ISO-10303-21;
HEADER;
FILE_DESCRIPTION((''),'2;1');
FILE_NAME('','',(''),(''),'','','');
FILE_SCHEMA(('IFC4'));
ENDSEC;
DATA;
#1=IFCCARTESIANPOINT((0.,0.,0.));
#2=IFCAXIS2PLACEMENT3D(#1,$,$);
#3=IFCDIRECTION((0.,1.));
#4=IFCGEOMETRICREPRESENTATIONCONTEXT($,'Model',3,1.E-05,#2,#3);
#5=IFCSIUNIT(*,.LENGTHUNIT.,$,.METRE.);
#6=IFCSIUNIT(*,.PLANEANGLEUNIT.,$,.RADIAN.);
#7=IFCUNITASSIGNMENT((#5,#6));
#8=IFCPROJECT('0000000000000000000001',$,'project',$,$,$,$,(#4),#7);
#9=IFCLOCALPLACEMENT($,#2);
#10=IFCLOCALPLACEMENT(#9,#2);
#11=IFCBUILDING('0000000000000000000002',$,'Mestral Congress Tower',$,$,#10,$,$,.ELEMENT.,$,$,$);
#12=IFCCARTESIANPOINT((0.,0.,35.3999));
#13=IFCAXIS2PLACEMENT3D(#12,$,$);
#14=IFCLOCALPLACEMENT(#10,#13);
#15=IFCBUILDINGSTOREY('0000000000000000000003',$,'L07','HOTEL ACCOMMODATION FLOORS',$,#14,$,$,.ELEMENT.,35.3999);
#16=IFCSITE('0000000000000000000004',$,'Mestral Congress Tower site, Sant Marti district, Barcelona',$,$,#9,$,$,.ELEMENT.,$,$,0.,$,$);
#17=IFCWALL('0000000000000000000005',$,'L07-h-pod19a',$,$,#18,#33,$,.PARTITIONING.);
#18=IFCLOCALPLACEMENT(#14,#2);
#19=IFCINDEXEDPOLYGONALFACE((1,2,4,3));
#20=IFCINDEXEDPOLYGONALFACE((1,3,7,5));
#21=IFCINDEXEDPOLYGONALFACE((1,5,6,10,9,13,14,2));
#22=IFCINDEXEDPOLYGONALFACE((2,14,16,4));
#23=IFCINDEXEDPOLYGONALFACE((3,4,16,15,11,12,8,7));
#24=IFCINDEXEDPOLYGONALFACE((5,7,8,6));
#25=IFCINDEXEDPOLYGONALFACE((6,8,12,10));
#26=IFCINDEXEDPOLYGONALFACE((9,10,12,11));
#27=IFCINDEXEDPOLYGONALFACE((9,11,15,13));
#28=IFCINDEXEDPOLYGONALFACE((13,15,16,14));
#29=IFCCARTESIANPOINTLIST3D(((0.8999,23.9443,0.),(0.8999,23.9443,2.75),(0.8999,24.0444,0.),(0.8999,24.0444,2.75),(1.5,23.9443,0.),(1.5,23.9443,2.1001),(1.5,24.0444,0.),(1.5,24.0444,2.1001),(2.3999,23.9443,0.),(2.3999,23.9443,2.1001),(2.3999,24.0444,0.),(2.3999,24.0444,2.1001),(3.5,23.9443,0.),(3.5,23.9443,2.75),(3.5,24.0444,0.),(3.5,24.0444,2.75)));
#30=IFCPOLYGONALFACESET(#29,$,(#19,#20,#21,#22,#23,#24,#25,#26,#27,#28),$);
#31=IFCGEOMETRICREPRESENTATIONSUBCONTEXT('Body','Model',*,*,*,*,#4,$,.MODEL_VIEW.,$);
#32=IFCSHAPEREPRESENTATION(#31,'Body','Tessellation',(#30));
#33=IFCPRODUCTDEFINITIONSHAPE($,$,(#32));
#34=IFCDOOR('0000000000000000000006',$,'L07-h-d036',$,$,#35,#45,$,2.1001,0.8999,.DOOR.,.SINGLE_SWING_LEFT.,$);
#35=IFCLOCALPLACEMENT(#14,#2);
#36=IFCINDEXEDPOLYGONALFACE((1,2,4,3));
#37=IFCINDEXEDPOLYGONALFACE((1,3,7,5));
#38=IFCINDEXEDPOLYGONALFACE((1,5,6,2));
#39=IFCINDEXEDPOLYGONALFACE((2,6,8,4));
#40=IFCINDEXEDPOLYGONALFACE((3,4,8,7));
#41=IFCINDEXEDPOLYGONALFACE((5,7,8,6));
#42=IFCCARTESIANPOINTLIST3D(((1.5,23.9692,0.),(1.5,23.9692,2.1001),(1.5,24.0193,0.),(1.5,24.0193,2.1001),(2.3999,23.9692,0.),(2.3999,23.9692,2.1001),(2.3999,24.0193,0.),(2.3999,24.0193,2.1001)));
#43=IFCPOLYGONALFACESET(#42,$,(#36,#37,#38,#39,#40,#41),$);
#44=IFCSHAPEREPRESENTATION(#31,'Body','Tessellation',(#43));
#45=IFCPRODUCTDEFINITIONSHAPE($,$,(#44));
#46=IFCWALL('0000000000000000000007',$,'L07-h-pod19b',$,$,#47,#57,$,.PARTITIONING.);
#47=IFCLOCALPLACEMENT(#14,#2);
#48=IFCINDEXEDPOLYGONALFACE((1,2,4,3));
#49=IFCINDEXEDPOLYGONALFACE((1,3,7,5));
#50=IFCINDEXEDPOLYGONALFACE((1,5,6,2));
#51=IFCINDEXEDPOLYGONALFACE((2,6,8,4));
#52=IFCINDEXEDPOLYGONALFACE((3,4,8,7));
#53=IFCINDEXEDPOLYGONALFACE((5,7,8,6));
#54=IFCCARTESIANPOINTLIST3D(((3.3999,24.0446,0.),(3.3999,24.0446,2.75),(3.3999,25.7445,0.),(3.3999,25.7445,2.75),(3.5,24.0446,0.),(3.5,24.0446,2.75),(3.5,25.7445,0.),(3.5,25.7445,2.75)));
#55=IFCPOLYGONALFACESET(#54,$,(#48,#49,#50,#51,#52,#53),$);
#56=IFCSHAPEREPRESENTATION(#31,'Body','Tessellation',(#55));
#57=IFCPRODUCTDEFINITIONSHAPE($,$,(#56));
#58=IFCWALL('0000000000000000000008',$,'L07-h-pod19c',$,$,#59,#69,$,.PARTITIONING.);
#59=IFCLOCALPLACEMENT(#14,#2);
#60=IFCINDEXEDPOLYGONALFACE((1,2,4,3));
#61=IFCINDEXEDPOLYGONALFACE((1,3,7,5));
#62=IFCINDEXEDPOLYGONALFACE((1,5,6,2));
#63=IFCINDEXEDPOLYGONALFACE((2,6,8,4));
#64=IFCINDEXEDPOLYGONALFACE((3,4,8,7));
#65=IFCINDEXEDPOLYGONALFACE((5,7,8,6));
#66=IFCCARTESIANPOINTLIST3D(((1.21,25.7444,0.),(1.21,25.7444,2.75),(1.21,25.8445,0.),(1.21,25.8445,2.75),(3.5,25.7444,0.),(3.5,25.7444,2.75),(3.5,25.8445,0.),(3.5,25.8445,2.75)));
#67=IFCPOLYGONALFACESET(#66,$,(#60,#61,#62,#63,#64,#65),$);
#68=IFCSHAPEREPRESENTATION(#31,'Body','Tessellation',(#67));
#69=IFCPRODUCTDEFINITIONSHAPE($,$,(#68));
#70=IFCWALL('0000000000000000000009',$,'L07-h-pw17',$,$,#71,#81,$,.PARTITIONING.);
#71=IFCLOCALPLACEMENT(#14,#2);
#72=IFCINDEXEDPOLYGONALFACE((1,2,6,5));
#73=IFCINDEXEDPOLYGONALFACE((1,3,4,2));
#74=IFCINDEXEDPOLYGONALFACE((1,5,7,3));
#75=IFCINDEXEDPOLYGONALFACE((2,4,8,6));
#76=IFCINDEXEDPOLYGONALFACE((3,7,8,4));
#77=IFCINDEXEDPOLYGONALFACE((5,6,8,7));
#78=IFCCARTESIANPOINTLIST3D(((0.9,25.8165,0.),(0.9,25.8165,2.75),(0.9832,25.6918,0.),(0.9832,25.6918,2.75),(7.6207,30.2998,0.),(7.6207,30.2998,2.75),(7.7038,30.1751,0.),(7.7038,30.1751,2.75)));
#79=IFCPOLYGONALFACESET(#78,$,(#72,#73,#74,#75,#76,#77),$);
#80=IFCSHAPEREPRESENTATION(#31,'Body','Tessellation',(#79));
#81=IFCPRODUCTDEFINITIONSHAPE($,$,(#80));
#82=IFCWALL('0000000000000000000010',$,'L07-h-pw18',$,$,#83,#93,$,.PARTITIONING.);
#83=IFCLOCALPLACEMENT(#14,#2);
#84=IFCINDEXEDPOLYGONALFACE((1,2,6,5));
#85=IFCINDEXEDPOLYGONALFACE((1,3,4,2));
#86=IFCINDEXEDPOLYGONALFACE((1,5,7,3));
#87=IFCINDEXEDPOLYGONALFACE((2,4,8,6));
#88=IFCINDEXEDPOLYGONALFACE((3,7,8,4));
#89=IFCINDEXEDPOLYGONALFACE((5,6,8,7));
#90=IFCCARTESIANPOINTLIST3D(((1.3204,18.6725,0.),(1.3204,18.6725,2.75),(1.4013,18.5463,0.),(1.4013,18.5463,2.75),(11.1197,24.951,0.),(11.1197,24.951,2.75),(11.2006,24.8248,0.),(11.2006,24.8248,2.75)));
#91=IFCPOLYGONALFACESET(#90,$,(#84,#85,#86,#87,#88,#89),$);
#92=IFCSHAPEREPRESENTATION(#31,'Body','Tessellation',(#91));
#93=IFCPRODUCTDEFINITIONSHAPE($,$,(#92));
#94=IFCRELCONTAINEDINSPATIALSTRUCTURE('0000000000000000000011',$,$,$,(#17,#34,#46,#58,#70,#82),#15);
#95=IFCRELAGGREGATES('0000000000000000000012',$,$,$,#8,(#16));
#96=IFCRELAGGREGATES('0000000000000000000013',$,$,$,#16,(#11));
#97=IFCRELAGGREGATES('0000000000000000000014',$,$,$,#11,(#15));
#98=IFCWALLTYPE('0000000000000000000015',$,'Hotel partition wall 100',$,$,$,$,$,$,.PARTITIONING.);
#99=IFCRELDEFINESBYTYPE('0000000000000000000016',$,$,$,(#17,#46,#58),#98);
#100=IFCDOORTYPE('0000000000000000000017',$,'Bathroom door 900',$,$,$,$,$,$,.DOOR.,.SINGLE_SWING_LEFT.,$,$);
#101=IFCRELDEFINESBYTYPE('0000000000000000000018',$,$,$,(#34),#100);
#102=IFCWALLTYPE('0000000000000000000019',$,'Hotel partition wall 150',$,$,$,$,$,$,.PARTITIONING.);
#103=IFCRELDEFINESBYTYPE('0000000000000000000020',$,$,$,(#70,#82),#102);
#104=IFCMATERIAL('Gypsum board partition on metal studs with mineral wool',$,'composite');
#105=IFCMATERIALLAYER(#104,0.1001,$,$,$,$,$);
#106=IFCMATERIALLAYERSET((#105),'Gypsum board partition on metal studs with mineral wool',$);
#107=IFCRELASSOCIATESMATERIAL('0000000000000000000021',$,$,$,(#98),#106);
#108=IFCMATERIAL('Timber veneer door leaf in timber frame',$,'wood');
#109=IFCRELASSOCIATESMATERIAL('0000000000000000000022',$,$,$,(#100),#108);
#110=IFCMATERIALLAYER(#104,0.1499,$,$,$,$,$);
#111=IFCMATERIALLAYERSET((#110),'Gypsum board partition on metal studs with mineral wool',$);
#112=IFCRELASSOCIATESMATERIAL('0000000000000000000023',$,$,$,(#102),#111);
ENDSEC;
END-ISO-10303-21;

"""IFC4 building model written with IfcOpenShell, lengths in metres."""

from ifc_helpers import new_model, si_unit, direction, frame, frame_2d, origin, place, context, subcontext, project, spatial, rectangle, extrude, material, layer, layer_set, type_object, element, fill, save


model = new_model("IFC4")

# Units and contexts
model_context = context("Model", 3, precision=1e-05, world=origin(), true_north=direction((0.0, 1.0)))
body_context = subcontext(model_context, "Body", "Model", "MODEL_VIEW")
ifc_project = project(units=[si_unit("LENGTHUNIT", "METRE"), si_unit("PLANEANGLEUNIT", "RADIAN")], contexts=[model_context])

# Site, building, storey
site_placement = place(None, origin())
site = spatial("IfcSite", under=ifc_project, at=site_placement, Name="Mestral Congress Tower site, Sant Marti district, Barcelona", CompositionType="ELEMENT", RefElevation=0.0)
building_placement = place(site_placement, origin())
building = spatial("IfcBuilding", under=site, at=building_placement, Name="Mestral Congress Tower", CompositionType="ELEMENT")
storey_placement = place(building_placement, frame((0.0, 0.0, 35.3999)))
storey = spatial("IfcBuildingStorey", under=building, at=storey_placement, Name="L07", Description="HOTEL ACCOMMODATION FLOORS", CompositionType="ELEMENT", Elevation=35.3999)

# Wall, opening, door
ifc_material_1 = material(Name="Gypsum board partition on metal studs with mineral wool", Category="composite")
ifc_layer_1 = layer(ifc_material_1, 0.1001)
ifc_layer_set_1 = layer_set([ifc_layer_1], Name="Gypsum board partition on metal studs with mineral wool")
wall_type_1 = type_object("IfcWallType", Name="Hotel partition wall 100", PredefinedType="PARTITIONING", material=ifc_layer_set_1)
wall_1_placement = place(storey_placement, frame((0.8999, 23.9944, 0.0), z_axis=(0.0, 0.0, 1.0), x_axis=(1.0, 0.0, 0.0)))
wall_1 = element("IfcWall", 1, at=wall_1_placement, inside=storey, type_object=wall_type_1, Name="L07-h-pod19a", PredefinedType="PARTITIONING", context=body_context, shape_type="SweptSolid", body=[
    extrude(rectangle(XDim=2.6001, YDim=0.1001, at=frame_2d((1.3, 0.0))), origin(), (0.0, 0.0, 1.0), 2.75),
])
opening_1_placement = place(wall_1_placement, frame((0.6001, 0.0, 0.0)))
opening_1 = element("IfcOpeningElement", 2, at=opening_1_placement, cuts=wall_1, PredefinedType="OPENING", context=body_context, shape_type="SweptSolid", body=[
    extrude(rectangle(XDim=0.8999, YDim=2.1001, at=frame_2d((0.45, 1.05))), frame((0.0, 0.0601, 0.0), z_axis=(0.0, -1.0, 0.0), x_axis=(1.0, 0.0, 0.0)), (0.0, 0.0, 1.0), 0.1201),
])
ifc_material_2 = material(Name="Timber veneer door leaf in timber frame", Category="wood")
door_type = type_object("IfcDoorType", Name="Bathroom door 900", OperationType="SINGLE_SWING_LEFT", PredefinedType="DOOR", material=ifc_material_2)
door_placement = place(opening_1_placement, origin())
door = element("IfcDoor", 3, at=door_placement, inside=storey, type_object=door_type, Name="L07-h-d036", OperationType="SINGLE_SWING_LEFT", OverallHeight=2.1001, OverallWidth=0.8999, PredefinedType="DOOR", context=body_context, shape_type="SweptSolid", body=[
    extrude(rectangle(XDim=0.8999, YDim=2.1001, at=frame_2d((0.45, 1.05))), frame((0.0, 0.0249, 0.0), z_axis=(0.0, -1.0, 0.0), x_axis=(1.0, 0.0, 0.0)), (0.0, 0.0, 1.0), 0.05),
])
fill(opening_1, door)

# Walls
wall_2_placement = place(storey_placement, frame((3.45, 24.0444, 0.0), z_axis=(0.0, 0.0, 1.0), x_axis=(0.0, 1.0, 0.0)))
element("IfcWall", 4, at=wall_2_placement, inside=storey, type_object=wall_type_1, Name="L07-h-pod19b", PredefinedType="PARTITIONING", context=body_context, shape_type="SweptSolid", body=[
    extrude(rectangle(XDim=1.7, YDim=0.1001, at=frame_2d((0.8501, 0.0))), origin(), (0.0, 0.0, 1.0), 2.75),
])
wall_3_placement = place(storey_placement, frame((1.21, 25.7944, 0.0), z_axis=(0.0, 0.0, 1.0), x_axis=(1.0, 0.0, 0.0)))
element("IfcWall", 5, at=wall_3_placement, inside=storey, type_object=wall_type_1, Name="L07-h-pod19c", PredefinedType="PARTITIONING", context=body_context, shape_type="SweptSolid", body=[
    extrude(rectangle(XDim=2.29, YDim=0.1001, at=frame_2d((1.145, 0.0))), origin(), (0.0, 0.0, 1.0), 2.75),
])
ifc_layer_2 = layer(ifc_material_1, 0.1499)
ifc_layer_set_2 = layer_set([ifc_layer_2], Name="Gypsum board partition on metal studs with mineral wool")
wall_type_2 = type_object("IfcWallType", Name="Hotel partition wall 150", PredefinedType="PARTITIONING", material=ifc_layer_set_2)
wall_4_placement = place(storey_placement, frame((7.6624, 30.2375, 0.0), z_axis=(0.0, 0.0, 1.0), x_axis=(-0.831883, -0.554951, 0.0)))
element("IfcWall", 6, at=wall_4_placement, inside=storey, type_object=wall_type_2, Name="L07-h-pw17", PredefinedType="PARTITIONING", context=body_context, shape_type="SweptSolid", body=[
    extrude(rectangle(XDim=8.0789, YDim=0.1499, at=frame_2d((4.0396, 0.0))), origin(), (0.0, 0.0, 1.0), 2.75),
])
wall_5_placement = place(storey_placement, frame((11.1602, 24.8879, 0.0), z_axis=(0.0, 0.0, 1.0), x_axis=(-0.841998, -0.53948, 0.0)))
element("IfcWall", 7, at=wall_5_placement, inside=storey, type_object=wall_type_2, Name="L07-h-pw18", PredefinedType="PARTITIONING", context=body_context, shape_type="SweptSolid", body=[
    extrude(rectangle(XDim=11.6382, YDim=0.1499, at=frame_2d((5.8191, 0.0))), origin(), (0.0, 0.0, 1.0), 2.75),
])

save(model, "model.ifc")
